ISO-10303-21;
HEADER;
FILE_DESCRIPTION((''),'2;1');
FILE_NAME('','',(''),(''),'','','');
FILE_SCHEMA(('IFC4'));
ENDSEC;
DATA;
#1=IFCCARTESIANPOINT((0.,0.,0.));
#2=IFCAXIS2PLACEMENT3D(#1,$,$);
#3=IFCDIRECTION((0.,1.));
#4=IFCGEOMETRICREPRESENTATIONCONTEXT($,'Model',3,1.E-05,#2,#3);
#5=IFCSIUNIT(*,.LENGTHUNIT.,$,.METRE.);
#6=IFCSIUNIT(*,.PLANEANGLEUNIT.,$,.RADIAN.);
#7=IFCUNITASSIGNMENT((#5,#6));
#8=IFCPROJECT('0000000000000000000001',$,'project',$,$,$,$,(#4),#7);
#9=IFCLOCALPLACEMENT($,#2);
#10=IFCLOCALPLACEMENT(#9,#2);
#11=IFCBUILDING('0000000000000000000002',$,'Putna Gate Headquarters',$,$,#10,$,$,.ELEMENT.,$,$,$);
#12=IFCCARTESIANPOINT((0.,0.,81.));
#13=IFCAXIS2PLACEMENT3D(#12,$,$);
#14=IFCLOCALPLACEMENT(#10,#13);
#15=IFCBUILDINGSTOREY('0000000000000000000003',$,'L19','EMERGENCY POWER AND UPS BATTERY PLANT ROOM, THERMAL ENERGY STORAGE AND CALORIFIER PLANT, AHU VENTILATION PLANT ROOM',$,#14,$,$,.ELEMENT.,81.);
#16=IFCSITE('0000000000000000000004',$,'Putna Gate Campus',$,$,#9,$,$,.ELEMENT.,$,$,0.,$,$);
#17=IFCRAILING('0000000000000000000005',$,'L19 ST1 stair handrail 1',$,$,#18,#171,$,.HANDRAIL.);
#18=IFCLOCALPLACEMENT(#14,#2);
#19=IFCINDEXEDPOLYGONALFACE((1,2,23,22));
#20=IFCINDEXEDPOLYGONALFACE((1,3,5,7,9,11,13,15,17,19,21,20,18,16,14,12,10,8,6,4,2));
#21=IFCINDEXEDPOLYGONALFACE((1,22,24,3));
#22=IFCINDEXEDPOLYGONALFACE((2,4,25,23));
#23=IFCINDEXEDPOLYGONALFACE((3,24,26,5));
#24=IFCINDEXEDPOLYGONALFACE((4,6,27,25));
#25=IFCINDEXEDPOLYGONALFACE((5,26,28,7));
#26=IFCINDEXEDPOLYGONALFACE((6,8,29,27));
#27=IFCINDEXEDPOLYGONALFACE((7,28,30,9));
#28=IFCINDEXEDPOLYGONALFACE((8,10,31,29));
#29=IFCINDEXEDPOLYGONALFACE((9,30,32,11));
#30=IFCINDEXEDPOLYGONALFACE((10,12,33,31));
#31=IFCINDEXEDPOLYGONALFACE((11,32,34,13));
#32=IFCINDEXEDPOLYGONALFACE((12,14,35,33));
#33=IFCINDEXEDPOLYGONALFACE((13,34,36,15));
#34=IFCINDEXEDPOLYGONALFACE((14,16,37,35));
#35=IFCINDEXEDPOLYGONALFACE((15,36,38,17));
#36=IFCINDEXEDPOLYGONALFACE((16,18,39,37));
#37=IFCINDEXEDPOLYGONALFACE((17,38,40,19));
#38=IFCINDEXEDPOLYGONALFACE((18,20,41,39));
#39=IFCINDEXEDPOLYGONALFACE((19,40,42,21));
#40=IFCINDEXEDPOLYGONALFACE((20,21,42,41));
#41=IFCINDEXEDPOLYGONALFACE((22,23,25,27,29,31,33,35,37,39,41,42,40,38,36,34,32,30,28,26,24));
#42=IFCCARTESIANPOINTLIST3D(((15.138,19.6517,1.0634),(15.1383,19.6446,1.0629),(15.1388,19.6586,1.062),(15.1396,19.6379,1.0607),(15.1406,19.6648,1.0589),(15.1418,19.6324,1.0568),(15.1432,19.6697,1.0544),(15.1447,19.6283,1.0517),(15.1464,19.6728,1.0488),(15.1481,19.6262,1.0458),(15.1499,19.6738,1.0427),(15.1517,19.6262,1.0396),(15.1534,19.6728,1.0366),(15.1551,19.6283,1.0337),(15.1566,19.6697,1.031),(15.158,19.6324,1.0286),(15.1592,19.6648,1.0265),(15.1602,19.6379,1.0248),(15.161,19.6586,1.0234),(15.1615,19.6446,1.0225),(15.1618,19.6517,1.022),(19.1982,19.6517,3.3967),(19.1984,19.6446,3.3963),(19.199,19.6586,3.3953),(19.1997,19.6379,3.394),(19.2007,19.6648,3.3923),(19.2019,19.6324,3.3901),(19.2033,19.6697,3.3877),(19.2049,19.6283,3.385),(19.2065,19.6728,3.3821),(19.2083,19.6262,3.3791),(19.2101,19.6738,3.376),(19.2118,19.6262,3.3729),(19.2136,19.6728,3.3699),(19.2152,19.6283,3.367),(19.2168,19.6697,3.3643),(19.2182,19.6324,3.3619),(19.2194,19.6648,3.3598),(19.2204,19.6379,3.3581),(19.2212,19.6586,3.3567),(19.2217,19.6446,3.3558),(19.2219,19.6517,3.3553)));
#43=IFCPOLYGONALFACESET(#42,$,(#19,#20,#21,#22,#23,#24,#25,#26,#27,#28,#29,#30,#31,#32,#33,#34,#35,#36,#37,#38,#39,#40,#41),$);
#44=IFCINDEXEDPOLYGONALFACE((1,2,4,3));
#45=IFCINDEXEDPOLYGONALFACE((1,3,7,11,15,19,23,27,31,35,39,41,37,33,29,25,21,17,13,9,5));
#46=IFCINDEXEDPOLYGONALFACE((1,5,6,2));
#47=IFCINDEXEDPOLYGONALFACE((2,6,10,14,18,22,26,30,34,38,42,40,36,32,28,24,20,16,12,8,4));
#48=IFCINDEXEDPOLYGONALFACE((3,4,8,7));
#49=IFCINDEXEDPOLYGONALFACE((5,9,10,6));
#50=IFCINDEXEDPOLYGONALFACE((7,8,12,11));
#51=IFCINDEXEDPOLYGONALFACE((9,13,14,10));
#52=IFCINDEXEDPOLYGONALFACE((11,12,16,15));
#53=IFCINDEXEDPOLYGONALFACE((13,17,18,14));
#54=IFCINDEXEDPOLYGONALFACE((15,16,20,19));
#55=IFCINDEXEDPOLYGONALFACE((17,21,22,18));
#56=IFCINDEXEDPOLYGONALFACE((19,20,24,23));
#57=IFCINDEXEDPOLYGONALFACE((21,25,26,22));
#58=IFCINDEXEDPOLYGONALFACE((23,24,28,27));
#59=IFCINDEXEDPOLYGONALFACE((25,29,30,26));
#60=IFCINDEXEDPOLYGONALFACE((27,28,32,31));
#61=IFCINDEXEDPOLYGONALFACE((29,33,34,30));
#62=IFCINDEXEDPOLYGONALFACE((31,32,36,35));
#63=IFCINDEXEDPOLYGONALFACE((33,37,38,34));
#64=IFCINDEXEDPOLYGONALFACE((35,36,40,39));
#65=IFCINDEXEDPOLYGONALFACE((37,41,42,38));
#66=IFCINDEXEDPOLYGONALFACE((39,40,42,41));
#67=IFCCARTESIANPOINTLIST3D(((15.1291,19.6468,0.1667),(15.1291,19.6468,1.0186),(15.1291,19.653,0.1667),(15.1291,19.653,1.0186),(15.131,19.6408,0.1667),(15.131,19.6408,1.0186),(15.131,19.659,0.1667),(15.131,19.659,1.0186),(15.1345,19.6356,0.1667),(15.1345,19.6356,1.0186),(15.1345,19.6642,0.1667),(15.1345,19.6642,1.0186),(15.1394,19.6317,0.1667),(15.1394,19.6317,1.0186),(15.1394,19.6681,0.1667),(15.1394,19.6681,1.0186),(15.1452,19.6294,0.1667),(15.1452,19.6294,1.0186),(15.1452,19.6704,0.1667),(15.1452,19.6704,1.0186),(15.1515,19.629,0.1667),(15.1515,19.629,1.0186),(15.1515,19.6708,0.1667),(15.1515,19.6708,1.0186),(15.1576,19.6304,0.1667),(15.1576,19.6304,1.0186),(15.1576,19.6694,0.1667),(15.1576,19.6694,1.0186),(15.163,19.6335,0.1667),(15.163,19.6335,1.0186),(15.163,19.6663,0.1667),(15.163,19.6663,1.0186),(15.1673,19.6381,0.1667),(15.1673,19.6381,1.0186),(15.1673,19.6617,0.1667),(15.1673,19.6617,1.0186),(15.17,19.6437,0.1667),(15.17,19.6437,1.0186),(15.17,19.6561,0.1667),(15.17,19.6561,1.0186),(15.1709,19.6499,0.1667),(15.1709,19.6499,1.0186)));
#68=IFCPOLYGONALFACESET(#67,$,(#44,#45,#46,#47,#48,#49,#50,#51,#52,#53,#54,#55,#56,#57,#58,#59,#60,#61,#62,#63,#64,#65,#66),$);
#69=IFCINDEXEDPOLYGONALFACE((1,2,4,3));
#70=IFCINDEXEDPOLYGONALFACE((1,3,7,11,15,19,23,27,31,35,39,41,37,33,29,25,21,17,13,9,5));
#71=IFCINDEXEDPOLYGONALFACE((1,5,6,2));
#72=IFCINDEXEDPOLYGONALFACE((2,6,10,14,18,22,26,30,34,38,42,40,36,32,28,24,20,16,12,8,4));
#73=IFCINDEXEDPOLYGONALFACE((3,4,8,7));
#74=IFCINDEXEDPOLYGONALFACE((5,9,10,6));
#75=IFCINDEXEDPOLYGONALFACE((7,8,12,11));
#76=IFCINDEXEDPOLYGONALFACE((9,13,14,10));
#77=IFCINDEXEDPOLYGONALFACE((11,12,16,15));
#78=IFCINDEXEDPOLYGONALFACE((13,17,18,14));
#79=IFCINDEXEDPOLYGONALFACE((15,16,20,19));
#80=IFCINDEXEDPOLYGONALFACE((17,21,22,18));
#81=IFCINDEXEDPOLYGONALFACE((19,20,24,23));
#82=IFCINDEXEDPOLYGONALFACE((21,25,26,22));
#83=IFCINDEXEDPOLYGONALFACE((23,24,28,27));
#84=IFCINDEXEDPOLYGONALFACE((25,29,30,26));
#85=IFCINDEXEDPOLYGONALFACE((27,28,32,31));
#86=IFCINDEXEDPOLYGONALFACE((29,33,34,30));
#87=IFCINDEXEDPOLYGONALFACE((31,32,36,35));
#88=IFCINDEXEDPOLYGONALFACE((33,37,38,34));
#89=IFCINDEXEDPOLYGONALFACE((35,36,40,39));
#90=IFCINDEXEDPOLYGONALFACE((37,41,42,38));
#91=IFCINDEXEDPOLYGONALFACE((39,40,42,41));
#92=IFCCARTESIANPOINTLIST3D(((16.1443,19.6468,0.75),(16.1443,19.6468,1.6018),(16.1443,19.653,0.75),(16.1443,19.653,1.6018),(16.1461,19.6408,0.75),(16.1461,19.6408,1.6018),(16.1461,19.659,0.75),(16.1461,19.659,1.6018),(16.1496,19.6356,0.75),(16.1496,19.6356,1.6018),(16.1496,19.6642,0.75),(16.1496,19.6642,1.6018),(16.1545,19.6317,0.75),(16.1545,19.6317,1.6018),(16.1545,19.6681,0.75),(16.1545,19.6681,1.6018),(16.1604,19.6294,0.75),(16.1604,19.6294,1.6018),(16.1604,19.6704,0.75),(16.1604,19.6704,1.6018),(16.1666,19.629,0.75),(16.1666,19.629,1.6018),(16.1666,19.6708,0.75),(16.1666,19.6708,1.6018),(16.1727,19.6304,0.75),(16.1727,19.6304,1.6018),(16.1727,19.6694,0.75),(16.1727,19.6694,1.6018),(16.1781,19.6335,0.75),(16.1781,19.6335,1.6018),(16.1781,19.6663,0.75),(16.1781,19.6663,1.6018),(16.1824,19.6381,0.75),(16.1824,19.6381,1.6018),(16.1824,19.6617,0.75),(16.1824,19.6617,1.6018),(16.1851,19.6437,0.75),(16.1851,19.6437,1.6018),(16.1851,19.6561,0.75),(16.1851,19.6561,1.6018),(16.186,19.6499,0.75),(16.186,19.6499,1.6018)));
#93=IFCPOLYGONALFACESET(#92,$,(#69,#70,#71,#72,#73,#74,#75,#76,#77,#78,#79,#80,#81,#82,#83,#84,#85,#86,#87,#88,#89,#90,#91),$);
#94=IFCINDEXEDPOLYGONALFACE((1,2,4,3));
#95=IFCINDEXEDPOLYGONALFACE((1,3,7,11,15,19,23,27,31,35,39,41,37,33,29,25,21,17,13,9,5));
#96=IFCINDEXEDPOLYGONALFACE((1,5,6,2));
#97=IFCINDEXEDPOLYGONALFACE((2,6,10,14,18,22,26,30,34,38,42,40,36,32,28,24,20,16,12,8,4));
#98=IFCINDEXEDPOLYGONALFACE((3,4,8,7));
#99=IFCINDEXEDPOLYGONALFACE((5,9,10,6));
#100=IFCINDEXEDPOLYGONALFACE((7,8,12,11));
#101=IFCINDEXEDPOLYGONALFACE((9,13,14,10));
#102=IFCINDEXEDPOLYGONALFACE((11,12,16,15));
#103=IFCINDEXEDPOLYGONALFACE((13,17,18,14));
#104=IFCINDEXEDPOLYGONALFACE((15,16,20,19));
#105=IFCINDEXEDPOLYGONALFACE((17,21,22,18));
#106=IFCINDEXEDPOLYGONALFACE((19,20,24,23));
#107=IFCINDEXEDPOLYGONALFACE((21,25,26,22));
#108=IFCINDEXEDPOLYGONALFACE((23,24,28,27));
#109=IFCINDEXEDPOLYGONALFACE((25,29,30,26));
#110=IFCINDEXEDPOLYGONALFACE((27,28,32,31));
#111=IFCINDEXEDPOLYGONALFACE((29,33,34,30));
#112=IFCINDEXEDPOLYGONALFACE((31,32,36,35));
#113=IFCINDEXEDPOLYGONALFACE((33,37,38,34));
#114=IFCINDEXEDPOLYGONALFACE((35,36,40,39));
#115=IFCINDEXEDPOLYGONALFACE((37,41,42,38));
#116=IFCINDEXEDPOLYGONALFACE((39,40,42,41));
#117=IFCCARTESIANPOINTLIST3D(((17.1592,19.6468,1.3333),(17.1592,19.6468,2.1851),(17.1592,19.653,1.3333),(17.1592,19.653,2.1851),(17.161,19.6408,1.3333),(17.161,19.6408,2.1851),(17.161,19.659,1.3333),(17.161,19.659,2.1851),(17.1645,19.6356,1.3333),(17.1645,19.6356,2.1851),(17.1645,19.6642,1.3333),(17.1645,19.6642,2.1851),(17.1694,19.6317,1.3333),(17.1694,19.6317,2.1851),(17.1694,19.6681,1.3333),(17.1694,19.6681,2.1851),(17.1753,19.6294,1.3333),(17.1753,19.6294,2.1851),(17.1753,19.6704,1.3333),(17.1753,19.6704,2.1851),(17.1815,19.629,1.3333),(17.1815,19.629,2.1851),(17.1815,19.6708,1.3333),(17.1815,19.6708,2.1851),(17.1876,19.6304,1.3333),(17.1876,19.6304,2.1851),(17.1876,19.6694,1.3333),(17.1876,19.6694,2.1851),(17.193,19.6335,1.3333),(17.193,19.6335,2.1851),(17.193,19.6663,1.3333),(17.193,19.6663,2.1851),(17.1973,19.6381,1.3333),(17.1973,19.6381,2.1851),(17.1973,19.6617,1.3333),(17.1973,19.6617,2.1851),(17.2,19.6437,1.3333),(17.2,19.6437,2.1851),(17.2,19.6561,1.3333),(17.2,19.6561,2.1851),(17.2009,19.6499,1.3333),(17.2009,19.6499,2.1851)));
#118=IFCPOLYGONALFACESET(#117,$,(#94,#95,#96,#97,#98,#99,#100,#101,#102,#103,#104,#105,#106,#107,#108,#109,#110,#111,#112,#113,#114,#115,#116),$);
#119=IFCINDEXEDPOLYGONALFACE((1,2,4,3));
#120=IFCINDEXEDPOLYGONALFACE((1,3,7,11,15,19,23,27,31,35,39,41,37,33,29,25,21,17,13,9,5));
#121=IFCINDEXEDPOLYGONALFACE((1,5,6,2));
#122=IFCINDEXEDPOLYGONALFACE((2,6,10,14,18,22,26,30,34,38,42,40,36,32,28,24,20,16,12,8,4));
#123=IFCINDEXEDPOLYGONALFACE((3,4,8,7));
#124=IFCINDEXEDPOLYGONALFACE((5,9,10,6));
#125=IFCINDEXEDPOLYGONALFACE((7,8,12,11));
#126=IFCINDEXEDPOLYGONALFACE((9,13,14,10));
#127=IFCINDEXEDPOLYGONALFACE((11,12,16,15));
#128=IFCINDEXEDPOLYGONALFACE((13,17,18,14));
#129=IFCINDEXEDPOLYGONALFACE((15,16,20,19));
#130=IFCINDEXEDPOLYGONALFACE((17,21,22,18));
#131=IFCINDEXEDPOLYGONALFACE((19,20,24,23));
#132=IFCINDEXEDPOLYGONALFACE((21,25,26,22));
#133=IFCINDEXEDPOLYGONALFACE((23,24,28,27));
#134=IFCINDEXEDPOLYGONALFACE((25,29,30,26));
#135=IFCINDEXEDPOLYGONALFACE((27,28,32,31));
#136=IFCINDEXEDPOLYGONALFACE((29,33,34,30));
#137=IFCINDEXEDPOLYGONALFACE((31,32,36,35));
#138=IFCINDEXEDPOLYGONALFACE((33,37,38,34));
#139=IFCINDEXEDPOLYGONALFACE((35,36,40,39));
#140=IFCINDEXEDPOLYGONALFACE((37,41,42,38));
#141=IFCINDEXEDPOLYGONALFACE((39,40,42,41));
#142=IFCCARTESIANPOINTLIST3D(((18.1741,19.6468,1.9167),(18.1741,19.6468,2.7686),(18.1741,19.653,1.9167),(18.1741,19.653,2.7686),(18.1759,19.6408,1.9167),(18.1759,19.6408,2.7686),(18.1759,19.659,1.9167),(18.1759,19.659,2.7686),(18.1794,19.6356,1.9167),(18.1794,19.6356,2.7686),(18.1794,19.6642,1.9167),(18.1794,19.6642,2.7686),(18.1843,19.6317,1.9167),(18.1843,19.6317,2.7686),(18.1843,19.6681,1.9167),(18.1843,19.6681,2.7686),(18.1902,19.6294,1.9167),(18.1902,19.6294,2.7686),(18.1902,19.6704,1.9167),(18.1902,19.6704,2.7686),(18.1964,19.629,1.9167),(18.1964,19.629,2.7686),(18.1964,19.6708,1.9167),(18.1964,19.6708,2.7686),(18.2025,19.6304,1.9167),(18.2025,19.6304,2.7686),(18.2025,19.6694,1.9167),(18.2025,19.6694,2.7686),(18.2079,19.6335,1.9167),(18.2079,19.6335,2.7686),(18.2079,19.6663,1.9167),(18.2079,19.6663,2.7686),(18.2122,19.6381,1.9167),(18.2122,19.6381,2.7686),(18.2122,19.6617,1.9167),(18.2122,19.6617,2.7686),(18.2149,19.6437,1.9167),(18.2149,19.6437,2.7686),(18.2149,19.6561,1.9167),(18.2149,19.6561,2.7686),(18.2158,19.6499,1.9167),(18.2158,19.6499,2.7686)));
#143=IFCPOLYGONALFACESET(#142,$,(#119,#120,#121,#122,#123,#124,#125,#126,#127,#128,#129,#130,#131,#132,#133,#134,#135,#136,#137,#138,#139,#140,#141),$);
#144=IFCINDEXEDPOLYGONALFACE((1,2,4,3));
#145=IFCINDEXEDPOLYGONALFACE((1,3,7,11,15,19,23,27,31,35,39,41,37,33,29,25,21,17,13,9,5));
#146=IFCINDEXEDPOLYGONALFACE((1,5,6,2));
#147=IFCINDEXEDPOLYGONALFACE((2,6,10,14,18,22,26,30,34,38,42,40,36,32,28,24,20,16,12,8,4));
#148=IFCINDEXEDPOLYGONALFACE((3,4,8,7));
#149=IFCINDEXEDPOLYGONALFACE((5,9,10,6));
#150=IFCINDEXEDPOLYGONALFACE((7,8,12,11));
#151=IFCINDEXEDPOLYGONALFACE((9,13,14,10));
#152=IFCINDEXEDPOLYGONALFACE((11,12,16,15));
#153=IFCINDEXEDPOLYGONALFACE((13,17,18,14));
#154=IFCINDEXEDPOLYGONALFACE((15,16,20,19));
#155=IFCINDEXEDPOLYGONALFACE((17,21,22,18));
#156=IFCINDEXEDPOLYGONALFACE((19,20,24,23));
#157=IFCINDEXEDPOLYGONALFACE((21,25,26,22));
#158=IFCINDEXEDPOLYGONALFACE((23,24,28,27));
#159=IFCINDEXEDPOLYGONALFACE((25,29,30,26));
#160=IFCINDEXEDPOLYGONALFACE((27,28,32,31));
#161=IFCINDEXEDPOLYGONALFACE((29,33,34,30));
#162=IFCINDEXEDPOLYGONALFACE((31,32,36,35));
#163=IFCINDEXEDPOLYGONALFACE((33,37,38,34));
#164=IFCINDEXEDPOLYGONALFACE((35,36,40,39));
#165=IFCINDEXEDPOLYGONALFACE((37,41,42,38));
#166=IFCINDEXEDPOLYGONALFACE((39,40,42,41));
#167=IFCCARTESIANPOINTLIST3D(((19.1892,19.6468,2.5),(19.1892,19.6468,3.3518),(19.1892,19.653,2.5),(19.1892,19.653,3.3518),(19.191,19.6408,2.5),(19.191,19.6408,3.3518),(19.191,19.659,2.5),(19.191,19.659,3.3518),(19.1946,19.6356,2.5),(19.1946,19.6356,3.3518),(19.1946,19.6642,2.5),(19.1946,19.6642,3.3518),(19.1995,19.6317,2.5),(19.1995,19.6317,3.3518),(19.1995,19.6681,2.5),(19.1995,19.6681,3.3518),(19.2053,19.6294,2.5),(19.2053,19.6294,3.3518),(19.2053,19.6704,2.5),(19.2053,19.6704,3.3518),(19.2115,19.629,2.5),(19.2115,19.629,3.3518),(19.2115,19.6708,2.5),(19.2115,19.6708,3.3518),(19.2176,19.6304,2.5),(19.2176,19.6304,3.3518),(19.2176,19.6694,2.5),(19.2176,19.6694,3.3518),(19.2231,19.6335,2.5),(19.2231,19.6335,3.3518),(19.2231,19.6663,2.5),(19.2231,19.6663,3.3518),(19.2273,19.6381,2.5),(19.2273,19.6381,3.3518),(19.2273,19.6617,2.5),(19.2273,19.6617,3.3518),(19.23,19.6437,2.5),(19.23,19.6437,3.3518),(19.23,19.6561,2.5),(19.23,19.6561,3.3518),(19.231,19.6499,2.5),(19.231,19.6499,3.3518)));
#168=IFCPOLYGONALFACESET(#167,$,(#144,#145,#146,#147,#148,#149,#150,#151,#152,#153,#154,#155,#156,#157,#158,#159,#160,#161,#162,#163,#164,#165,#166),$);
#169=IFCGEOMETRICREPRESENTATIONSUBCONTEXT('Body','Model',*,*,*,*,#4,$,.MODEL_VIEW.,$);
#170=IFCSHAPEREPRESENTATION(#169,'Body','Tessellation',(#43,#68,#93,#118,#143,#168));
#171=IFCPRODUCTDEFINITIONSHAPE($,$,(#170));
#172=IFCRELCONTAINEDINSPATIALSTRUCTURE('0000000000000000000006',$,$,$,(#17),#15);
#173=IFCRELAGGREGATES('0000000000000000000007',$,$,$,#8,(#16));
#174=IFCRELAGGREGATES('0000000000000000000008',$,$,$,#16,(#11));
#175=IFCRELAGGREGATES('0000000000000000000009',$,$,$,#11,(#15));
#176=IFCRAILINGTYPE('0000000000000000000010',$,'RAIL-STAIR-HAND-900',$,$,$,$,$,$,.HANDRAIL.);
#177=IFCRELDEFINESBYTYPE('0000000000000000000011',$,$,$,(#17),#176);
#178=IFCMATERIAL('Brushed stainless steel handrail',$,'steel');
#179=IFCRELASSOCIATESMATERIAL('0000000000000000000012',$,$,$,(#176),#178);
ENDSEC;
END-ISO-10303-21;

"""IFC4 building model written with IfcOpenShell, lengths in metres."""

from ifc_helpers import new_model, si_unit, direction, frame, origin, origin_2d, place, context, subcontext, project, spatial, circle, extrude, material, type_object, element, save


model = new_model("IFC4")

# Units and contexts
model_context = context("Model", 3, precision=1e-05, world=origin(), true_north=direction((0.0, 1.0)))
body_context = subcontext(model_context, "Body", "Model", "MODEL_VIEW")
ifc_project = project(units=[si_unit("LENGTHUNIT", "METRE"), si_unit("PLANEANGLEUNIT", "RADIAN")], contexts=[model_context])

# Site, building, storey
site_placement = place(None, origin())
site = spatial("IfcSite", under=ifc_project, at=site_placement, Name="Putna Gate Campus", CompositionType="ELEMENT", RefElevation=0.0)
building_placement = place(site_placement, origin())
building = spatial("IfcBuilding", under=site, at=building_placement, Name="Putna Gate Headquarters", CompositionType="ELEMENT")
storey_placement = place(building_placement, frame((0.0, 0.0, 81.0)))
storey = spatial("IfcBuildingStorey", under=building, at=storey_placement, Name="L19", Description="EMERGENCY POWER AND UPS BATTERY PLANT ROOM, THERMAL ENERGY STORAGE AND CALORIFIER PLANT, AHU VENTILATION PLANT ROOM", CompositionType="ELEMENT", Elevation=81.0)

# Railing
ifc_material_1 = material(Name="Brushed stainless steel handrail", Category="steel")
railing_type_1 = type_object("IfcRailingType", Name="RAIL-STAIR-HAND-900", PredefinedType="HANDRAIL", material=ifc_material_1)
railing_1_placement = place(storey_placement, frame((15.1499, 19.6499, 0.1667)))
element("IfcRailing", 1, at=railing_1_placement, inside=storey, type_object=railing_type_1, Name="L19 ST1 stair handrail 1", PredefinedType="HANDRAIL", context=body_context, shape_type="SweptSolid", body=[
    extrude(circle(Radius=0.0239, at=origin_2d()), frame((0.0, 0.0, 0.876), z_axis=(0.867025, 0.0, 0.498265), x_axis=(0.0, 1.0, 0.0)), (0.0, 0.0, 1.0), 4.6829),
    extrude(circle(Radius=0.021, at=origin_2d()), origin(), (0.0, 0.0, 1.0), 0.8518),
    extrude(circle(Radius=0.021, at=origin_2d()), frame((1.0151, 0.0, 0.5833)), (0.0, 0.0, 1.0), 0.8518),
    extrude(circle(Radius=0.021, at=origin_2d()), frame((2.03, 0.0, 1.1665)), (0.0, 0.0, 1.0), 0.8518),
    extrude(circle(Radius=0.021, at=origin_2d()), frame((3.0449, 0.0, 1.75)), (0.0, 0.0, 1.0), 0.8518),
    extrude(circle(Radius=0.021, at=origin_2d()), frame((4.0601, 0.0, 2.3333)), (0.0, 0.0, 1.0), 0.8518),
])

save(model, "model.ifc")
